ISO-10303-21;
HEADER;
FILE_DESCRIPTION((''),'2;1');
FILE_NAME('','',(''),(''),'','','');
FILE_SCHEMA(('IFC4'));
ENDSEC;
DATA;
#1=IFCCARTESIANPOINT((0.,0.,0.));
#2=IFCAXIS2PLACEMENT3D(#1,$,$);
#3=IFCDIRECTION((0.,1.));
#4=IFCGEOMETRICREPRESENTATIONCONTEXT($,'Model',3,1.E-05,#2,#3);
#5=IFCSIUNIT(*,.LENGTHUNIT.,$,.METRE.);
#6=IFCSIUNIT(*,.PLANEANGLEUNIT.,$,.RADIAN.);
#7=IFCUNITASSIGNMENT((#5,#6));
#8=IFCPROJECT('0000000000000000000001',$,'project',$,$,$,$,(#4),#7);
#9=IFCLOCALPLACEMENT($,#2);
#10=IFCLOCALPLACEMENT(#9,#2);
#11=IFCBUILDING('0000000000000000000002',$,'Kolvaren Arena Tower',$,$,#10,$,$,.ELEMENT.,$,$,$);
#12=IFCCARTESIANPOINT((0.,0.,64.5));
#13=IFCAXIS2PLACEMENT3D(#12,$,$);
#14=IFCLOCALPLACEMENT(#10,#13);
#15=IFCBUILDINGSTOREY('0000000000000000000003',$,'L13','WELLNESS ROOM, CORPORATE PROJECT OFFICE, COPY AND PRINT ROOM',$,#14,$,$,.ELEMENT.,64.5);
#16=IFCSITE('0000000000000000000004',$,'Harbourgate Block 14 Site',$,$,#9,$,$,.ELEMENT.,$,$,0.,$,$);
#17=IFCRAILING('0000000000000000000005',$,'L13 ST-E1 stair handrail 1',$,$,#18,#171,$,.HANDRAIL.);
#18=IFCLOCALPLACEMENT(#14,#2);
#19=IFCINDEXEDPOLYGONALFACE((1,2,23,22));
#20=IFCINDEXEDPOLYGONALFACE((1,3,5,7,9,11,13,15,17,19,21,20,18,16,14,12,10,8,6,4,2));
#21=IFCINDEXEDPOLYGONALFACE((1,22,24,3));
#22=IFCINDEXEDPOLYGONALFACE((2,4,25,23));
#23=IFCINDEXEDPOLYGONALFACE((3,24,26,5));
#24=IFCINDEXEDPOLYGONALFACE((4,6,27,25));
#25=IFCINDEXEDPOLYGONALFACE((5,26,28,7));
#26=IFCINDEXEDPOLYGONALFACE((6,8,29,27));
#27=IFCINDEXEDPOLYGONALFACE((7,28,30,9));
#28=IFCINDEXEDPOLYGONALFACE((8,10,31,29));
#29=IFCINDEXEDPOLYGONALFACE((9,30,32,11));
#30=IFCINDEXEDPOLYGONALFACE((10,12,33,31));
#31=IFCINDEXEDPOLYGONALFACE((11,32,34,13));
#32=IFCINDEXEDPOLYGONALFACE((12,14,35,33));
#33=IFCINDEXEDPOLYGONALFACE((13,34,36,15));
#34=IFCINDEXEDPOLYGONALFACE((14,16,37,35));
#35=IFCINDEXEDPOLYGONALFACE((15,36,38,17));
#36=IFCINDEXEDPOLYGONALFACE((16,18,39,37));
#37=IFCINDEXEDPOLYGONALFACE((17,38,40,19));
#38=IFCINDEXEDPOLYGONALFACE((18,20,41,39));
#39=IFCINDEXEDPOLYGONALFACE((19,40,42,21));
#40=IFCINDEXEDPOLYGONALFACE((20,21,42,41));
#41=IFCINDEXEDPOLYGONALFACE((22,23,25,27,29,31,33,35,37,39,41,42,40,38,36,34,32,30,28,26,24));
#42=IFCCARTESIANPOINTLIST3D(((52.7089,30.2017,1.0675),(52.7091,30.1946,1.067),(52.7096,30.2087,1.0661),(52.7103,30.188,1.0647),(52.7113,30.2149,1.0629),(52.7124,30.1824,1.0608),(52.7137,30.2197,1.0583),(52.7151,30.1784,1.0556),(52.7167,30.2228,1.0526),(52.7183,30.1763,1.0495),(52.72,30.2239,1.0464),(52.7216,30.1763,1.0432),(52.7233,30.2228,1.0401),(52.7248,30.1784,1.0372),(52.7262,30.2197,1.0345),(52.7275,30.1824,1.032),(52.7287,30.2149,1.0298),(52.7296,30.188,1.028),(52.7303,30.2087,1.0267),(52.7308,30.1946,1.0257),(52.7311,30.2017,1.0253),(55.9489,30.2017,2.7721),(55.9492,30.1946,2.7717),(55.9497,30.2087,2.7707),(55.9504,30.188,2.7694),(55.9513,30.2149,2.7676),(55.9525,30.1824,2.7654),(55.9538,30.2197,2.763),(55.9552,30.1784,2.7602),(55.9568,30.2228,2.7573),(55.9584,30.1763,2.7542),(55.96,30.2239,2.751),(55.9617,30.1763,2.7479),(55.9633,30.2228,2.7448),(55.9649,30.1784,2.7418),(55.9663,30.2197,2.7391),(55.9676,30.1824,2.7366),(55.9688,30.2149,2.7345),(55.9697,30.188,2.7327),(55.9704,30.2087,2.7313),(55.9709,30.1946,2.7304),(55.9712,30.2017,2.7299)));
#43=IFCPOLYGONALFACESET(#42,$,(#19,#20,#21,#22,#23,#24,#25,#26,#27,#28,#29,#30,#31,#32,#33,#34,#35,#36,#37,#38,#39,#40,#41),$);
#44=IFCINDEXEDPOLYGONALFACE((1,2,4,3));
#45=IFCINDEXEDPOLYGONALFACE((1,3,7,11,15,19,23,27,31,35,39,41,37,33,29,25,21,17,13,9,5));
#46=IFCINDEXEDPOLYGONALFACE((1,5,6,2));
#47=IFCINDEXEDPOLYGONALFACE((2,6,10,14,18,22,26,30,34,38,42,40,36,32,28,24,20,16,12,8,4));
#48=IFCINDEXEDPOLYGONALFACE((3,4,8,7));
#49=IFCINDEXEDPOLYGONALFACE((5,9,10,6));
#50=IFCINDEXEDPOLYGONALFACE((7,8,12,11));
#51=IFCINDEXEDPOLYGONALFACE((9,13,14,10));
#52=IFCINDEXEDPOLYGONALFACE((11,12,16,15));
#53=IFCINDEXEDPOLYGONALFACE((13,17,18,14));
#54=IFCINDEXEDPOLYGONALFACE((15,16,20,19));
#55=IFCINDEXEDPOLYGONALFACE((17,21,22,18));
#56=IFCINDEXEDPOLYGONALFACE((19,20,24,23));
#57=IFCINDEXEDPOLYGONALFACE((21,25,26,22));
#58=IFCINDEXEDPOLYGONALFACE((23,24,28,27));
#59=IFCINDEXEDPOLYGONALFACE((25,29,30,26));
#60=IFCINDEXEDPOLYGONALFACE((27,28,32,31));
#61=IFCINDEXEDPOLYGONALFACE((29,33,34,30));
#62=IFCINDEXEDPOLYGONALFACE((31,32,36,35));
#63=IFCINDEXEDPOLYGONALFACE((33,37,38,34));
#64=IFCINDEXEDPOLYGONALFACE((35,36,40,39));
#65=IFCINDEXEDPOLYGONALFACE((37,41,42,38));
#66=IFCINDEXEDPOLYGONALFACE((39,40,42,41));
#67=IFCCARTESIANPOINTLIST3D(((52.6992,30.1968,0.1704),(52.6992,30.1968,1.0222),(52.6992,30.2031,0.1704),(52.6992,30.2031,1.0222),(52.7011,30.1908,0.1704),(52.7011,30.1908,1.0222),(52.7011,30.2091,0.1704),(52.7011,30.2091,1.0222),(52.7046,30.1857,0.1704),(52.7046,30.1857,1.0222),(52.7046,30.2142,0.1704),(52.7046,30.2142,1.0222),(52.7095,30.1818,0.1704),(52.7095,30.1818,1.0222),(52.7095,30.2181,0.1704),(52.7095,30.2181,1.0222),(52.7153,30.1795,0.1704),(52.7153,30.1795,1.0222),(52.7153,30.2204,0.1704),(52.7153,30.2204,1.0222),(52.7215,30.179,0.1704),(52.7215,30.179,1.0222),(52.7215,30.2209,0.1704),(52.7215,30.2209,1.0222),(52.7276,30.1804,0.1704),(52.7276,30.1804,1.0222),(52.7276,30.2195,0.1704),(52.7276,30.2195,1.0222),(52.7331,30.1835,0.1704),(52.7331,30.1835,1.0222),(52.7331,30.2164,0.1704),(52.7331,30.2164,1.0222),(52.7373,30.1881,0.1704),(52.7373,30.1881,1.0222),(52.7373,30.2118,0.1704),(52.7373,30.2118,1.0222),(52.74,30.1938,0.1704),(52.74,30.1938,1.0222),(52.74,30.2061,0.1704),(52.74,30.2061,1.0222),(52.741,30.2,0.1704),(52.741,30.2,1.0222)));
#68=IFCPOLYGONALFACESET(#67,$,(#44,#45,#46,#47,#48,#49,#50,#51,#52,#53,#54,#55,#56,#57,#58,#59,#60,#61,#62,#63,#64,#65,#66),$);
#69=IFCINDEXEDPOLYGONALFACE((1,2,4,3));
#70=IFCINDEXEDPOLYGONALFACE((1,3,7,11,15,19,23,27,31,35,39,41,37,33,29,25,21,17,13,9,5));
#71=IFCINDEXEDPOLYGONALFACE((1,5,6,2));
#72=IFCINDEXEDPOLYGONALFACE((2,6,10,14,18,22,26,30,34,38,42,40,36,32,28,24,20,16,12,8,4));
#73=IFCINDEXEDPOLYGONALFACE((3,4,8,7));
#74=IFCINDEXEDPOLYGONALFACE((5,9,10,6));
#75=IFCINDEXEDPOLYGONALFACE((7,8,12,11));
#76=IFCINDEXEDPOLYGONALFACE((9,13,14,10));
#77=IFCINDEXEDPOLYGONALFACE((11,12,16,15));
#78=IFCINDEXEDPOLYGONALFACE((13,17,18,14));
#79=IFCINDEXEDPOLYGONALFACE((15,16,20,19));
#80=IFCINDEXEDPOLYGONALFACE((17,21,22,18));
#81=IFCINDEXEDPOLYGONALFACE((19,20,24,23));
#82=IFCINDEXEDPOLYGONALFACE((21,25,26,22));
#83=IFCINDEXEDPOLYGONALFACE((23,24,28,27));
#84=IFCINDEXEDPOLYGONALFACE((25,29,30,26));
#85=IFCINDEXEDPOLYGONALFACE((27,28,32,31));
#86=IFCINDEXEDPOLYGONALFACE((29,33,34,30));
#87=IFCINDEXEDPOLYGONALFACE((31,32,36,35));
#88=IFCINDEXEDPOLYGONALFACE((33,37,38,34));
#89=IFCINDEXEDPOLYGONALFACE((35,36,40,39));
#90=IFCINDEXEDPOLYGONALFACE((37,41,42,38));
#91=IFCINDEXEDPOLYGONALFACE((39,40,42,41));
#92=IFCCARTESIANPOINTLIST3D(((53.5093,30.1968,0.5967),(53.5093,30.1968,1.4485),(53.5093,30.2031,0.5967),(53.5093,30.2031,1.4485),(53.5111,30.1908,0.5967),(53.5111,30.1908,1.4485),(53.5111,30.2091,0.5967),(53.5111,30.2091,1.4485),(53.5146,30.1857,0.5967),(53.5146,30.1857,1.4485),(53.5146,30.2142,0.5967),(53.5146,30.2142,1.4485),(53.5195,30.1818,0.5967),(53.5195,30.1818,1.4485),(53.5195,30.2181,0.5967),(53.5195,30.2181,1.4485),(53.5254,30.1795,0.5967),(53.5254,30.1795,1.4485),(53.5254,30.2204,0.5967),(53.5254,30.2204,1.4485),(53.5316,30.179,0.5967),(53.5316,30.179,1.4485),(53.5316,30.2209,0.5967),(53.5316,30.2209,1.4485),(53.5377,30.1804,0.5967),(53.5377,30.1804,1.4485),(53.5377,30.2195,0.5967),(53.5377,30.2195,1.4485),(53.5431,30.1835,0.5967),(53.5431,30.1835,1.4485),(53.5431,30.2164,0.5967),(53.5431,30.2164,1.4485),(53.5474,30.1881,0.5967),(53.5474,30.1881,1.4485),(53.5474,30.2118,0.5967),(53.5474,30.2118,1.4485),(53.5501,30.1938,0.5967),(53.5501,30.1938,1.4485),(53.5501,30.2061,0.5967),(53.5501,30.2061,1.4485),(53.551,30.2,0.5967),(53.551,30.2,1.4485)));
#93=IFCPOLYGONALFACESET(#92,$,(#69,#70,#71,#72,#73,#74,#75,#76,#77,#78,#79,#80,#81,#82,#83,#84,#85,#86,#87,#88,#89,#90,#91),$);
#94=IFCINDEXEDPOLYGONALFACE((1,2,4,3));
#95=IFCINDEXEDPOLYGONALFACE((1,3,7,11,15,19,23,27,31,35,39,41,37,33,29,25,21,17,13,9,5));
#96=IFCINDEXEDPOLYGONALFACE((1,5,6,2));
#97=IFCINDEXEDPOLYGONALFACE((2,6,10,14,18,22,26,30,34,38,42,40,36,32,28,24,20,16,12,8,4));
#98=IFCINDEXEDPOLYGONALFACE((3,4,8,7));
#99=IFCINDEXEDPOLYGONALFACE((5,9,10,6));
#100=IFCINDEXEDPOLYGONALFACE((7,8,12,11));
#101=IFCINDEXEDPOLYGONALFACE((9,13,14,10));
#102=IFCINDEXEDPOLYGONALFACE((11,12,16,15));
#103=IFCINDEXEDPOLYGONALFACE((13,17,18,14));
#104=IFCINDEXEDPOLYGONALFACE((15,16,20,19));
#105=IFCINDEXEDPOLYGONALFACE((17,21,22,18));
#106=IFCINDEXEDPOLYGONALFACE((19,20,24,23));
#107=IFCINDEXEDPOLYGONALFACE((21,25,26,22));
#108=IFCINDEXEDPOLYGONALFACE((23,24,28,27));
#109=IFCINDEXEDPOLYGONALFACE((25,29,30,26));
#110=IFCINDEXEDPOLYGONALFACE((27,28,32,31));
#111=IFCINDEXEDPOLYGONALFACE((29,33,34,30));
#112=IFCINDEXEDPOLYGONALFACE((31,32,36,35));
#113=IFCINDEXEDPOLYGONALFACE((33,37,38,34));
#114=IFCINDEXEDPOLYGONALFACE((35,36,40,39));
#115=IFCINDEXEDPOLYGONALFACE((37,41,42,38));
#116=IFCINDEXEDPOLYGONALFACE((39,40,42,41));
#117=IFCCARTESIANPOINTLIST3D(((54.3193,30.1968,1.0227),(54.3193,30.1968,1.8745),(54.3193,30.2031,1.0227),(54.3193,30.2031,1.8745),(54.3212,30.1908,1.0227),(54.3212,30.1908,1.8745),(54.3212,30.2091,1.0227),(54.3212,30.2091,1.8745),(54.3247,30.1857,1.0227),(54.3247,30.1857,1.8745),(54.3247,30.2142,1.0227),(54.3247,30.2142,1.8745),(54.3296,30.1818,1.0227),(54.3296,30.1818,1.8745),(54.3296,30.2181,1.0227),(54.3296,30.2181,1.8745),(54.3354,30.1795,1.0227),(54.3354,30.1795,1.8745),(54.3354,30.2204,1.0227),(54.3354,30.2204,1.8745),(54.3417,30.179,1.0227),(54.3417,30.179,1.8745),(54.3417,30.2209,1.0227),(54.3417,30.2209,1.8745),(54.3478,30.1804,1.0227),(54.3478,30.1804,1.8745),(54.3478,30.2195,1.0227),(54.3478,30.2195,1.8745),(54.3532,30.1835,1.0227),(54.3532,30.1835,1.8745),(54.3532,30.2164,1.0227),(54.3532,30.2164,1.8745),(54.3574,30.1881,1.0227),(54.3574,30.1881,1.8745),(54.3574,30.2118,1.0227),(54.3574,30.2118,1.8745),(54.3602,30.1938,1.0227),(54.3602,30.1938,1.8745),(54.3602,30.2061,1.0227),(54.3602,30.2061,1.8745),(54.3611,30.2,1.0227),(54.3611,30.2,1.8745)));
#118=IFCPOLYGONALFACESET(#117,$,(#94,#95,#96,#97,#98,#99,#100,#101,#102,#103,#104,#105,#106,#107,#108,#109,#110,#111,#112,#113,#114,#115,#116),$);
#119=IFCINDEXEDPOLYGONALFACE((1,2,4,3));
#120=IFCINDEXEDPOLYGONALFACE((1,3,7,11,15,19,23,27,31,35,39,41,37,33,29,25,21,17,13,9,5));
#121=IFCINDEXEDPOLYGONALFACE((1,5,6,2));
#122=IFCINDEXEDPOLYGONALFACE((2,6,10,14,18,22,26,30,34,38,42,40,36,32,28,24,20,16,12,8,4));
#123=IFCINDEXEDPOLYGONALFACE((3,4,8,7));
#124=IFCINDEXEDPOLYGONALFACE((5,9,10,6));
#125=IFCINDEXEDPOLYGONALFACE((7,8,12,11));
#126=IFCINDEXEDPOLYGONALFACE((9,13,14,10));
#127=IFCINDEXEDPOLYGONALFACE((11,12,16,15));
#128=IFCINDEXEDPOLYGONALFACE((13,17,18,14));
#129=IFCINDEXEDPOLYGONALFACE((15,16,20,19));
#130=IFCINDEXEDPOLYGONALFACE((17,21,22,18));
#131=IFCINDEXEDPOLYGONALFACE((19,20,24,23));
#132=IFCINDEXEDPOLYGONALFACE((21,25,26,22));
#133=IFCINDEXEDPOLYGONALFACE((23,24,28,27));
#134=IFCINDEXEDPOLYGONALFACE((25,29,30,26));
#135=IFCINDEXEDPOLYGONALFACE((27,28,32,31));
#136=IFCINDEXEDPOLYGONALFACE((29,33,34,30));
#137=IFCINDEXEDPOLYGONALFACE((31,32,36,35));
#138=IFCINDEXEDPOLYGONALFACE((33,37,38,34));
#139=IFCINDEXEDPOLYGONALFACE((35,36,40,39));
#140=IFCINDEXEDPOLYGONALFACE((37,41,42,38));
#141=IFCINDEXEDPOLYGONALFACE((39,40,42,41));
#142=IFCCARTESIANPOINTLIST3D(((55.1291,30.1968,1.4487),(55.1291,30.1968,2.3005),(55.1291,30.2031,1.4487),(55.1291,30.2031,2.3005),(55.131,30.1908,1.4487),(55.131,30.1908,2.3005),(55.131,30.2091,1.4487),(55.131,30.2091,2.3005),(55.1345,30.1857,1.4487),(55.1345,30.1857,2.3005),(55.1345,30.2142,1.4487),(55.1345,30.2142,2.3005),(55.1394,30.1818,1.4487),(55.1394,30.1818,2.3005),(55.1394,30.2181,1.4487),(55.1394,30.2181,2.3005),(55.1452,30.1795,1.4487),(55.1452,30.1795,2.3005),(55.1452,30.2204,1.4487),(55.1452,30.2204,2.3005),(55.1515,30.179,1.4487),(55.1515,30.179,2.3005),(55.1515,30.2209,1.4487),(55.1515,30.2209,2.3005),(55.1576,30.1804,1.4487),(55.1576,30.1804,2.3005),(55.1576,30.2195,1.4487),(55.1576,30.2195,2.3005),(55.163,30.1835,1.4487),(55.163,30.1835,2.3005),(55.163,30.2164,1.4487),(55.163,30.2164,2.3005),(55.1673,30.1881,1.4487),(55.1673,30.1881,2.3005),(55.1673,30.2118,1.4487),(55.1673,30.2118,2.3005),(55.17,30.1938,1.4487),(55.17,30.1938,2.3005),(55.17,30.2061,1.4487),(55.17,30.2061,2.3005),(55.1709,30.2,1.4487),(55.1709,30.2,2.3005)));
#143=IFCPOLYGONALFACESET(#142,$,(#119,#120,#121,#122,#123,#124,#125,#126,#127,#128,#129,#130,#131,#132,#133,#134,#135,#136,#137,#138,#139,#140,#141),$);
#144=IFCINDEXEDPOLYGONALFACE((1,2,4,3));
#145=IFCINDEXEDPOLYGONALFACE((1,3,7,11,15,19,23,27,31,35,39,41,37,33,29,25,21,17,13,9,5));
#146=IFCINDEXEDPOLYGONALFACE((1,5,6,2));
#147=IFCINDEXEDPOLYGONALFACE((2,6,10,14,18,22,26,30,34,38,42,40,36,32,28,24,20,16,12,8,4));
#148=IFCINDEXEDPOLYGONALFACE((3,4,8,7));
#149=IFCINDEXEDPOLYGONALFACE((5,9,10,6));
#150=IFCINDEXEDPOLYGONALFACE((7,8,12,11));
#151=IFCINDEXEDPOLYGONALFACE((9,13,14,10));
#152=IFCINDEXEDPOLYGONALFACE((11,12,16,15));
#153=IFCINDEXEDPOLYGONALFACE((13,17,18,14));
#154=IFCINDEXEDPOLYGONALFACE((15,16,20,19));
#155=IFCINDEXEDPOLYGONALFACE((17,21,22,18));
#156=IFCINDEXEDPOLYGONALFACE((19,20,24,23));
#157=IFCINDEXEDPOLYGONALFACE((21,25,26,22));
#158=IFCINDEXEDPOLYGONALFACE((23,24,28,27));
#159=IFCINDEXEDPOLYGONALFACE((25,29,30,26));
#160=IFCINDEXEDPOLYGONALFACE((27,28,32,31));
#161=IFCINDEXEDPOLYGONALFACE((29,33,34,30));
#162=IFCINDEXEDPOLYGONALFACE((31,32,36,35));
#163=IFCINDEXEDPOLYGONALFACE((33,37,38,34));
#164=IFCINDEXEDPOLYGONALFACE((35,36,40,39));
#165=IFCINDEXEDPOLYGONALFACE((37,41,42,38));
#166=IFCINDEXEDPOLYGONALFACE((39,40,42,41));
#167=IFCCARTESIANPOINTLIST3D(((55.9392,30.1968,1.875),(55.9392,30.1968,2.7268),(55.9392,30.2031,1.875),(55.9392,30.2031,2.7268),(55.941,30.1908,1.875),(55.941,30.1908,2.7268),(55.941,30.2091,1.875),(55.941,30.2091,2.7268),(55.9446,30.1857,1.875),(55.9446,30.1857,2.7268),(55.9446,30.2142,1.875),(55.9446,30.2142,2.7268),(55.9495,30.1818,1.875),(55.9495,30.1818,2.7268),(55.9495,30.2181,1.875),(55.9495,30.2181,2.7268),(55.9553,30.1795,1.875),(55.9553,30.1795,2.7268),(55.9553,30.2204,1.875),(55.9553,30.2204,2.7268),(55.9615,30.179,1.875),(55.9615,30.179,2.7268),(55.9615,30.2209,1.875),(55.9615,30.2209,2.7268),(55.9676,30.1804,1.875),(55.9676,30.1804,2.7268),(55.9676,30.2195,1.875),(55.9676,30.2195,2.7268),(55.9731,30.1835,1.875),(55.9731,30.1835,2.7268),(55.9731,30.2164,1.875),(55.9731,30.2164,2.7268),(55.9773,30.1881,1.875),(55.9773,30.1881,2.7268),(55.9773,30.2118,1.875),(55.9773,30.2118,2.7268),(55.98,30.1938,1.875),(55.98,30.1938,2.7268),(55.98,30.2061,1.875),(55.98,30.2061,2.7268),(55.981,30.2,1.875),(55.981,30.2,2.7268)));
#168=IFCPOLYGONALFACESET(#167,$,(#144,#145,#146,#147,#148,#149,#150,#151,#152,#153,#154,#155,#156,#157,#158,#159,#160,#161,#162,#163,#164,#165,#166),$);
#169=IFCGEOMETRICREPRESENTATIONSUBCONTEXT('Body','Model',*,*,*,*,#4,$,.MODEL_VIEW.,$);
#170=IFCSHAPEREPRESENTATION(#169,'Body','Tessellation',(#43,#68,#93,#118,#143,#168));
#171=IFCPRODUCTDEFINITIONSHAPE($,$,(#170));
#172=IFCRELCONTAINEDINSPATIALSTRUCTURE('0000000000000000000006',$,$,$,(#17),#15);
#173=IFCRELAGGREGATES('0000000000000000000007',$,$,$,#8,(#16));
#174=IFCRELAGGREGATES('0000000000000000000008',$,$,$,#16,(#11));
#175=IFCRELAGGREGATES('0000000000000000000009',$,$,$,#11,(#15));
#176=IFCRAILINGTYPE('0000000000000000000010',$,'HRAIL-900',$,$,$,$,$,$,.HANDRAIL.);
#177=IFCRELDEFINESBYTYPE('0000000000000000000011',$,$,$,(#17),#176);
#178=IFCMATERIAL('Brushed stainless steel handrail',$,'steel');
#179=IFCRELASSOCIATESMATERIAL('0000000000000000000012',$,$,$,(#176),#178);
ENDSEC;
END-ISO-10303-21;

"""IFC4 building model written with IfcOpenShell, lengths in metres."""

from ifc_helpers import new_model, si_unit, direction, frame, origin, origin_2d, place, context, subcontext, project, spatial, circle, extrude, material, type_object, element, save


model = new_model("IFC4")

# Units and contexts
model_context = context("Model", 3, precision=1e-05, world=origin(), true_north=direction((0.0, 1.0)))
body_context = subcontext(model_context, "Body", "Model", "MODEL_VIEW")
ifc_project = project(units=[si_unit("LENGTHUNIT", "METRE"), si_unit("PLANEANGLEUNIT", "RADIAN")], contexts=[model_context])

# Site, building, storey
site_placement = place(None, origin())
site = spatial("IfcSite", under=ifc_project, at=site_placement, Name="Harbourgate Block 14 Site", CompositionType="ELEMENT", RefElevation=0.0)
building_placement = place(site_placement, origin())
building = spatial("IfcBuilding", under=site, at=building_placement, Name="Kolvaren Arena Tower", CompositionType="ELEMENT")
storey_placement = place(building_placement, frame((0.0, 0.0, 64.5)))
storey = spatial("IfcBuildingStorey", under=building, at=storey_placement, Name="L13", Description="WELLNESS ROOM, CORPORATE PROJECT OFFICE, COPY AND PRINT ROOM", CompositionType="ELEMENT", Elevation=64.5)

# Railing
ifc_material_1 = material(Name="Brushed stainless steel handrail", Category="steel")
railing_type_1 = type_object("IfcRailingType", Name="HRAIL-900", PredefinedType="HANDRAIL", material=ifc_material_1)
for number, where, name in (
    (1, (52.72, 30.2, 0.1704), "L13 ST-E1 stair handrail 1"),
):
    element("IfcRailing", number, at=place(storey_placement, frame(where)), inside=storey, type_object=railing_type_1, Name=name, PredefinedType="HANDRAIL", context=body_context, shape_type="SweptSolid", body=[
        extrude(circle(Radius=0.0239, at=origin_2d()), frame((0.0, 0.0, 0.876), z_axis=(0.884993, 0.0, 0.465604), x_axis=(0.0, 1.0, 0.0)), (0.0, 0.0, 1.0), 3.6611),
        extrude(circle(Radius=0.021, at=origin_2d()), origin(), (0.0, 0.0, 1.0), 0.8518),
        extrude(circle(Radius=0.021, at=origin_2d()), frame((0.8101, 0.0, 0.4263)), (0.0, 0.0, 1.0), 0.8518),
        extrude(circle(Radius=0.021, at=origin_2d()), frame((1.6201, 0.0, 0.8523)), (0.0, 0.0, 1.0), 0.8518),
        extrude(circle(Radius=0.021, at=origin_2d()), frame((2.4299, 0.0, 1.2783)), (0.0, 0.0, 1.0), 0.8518),
        extrude(circle(Radius=0.021, at=origin_2d()), frame((3.24, 0.0, 1.7046)), (0.0, 0.0, 1.0), 0.8518),
    ])

save(model, "model.ifc")
